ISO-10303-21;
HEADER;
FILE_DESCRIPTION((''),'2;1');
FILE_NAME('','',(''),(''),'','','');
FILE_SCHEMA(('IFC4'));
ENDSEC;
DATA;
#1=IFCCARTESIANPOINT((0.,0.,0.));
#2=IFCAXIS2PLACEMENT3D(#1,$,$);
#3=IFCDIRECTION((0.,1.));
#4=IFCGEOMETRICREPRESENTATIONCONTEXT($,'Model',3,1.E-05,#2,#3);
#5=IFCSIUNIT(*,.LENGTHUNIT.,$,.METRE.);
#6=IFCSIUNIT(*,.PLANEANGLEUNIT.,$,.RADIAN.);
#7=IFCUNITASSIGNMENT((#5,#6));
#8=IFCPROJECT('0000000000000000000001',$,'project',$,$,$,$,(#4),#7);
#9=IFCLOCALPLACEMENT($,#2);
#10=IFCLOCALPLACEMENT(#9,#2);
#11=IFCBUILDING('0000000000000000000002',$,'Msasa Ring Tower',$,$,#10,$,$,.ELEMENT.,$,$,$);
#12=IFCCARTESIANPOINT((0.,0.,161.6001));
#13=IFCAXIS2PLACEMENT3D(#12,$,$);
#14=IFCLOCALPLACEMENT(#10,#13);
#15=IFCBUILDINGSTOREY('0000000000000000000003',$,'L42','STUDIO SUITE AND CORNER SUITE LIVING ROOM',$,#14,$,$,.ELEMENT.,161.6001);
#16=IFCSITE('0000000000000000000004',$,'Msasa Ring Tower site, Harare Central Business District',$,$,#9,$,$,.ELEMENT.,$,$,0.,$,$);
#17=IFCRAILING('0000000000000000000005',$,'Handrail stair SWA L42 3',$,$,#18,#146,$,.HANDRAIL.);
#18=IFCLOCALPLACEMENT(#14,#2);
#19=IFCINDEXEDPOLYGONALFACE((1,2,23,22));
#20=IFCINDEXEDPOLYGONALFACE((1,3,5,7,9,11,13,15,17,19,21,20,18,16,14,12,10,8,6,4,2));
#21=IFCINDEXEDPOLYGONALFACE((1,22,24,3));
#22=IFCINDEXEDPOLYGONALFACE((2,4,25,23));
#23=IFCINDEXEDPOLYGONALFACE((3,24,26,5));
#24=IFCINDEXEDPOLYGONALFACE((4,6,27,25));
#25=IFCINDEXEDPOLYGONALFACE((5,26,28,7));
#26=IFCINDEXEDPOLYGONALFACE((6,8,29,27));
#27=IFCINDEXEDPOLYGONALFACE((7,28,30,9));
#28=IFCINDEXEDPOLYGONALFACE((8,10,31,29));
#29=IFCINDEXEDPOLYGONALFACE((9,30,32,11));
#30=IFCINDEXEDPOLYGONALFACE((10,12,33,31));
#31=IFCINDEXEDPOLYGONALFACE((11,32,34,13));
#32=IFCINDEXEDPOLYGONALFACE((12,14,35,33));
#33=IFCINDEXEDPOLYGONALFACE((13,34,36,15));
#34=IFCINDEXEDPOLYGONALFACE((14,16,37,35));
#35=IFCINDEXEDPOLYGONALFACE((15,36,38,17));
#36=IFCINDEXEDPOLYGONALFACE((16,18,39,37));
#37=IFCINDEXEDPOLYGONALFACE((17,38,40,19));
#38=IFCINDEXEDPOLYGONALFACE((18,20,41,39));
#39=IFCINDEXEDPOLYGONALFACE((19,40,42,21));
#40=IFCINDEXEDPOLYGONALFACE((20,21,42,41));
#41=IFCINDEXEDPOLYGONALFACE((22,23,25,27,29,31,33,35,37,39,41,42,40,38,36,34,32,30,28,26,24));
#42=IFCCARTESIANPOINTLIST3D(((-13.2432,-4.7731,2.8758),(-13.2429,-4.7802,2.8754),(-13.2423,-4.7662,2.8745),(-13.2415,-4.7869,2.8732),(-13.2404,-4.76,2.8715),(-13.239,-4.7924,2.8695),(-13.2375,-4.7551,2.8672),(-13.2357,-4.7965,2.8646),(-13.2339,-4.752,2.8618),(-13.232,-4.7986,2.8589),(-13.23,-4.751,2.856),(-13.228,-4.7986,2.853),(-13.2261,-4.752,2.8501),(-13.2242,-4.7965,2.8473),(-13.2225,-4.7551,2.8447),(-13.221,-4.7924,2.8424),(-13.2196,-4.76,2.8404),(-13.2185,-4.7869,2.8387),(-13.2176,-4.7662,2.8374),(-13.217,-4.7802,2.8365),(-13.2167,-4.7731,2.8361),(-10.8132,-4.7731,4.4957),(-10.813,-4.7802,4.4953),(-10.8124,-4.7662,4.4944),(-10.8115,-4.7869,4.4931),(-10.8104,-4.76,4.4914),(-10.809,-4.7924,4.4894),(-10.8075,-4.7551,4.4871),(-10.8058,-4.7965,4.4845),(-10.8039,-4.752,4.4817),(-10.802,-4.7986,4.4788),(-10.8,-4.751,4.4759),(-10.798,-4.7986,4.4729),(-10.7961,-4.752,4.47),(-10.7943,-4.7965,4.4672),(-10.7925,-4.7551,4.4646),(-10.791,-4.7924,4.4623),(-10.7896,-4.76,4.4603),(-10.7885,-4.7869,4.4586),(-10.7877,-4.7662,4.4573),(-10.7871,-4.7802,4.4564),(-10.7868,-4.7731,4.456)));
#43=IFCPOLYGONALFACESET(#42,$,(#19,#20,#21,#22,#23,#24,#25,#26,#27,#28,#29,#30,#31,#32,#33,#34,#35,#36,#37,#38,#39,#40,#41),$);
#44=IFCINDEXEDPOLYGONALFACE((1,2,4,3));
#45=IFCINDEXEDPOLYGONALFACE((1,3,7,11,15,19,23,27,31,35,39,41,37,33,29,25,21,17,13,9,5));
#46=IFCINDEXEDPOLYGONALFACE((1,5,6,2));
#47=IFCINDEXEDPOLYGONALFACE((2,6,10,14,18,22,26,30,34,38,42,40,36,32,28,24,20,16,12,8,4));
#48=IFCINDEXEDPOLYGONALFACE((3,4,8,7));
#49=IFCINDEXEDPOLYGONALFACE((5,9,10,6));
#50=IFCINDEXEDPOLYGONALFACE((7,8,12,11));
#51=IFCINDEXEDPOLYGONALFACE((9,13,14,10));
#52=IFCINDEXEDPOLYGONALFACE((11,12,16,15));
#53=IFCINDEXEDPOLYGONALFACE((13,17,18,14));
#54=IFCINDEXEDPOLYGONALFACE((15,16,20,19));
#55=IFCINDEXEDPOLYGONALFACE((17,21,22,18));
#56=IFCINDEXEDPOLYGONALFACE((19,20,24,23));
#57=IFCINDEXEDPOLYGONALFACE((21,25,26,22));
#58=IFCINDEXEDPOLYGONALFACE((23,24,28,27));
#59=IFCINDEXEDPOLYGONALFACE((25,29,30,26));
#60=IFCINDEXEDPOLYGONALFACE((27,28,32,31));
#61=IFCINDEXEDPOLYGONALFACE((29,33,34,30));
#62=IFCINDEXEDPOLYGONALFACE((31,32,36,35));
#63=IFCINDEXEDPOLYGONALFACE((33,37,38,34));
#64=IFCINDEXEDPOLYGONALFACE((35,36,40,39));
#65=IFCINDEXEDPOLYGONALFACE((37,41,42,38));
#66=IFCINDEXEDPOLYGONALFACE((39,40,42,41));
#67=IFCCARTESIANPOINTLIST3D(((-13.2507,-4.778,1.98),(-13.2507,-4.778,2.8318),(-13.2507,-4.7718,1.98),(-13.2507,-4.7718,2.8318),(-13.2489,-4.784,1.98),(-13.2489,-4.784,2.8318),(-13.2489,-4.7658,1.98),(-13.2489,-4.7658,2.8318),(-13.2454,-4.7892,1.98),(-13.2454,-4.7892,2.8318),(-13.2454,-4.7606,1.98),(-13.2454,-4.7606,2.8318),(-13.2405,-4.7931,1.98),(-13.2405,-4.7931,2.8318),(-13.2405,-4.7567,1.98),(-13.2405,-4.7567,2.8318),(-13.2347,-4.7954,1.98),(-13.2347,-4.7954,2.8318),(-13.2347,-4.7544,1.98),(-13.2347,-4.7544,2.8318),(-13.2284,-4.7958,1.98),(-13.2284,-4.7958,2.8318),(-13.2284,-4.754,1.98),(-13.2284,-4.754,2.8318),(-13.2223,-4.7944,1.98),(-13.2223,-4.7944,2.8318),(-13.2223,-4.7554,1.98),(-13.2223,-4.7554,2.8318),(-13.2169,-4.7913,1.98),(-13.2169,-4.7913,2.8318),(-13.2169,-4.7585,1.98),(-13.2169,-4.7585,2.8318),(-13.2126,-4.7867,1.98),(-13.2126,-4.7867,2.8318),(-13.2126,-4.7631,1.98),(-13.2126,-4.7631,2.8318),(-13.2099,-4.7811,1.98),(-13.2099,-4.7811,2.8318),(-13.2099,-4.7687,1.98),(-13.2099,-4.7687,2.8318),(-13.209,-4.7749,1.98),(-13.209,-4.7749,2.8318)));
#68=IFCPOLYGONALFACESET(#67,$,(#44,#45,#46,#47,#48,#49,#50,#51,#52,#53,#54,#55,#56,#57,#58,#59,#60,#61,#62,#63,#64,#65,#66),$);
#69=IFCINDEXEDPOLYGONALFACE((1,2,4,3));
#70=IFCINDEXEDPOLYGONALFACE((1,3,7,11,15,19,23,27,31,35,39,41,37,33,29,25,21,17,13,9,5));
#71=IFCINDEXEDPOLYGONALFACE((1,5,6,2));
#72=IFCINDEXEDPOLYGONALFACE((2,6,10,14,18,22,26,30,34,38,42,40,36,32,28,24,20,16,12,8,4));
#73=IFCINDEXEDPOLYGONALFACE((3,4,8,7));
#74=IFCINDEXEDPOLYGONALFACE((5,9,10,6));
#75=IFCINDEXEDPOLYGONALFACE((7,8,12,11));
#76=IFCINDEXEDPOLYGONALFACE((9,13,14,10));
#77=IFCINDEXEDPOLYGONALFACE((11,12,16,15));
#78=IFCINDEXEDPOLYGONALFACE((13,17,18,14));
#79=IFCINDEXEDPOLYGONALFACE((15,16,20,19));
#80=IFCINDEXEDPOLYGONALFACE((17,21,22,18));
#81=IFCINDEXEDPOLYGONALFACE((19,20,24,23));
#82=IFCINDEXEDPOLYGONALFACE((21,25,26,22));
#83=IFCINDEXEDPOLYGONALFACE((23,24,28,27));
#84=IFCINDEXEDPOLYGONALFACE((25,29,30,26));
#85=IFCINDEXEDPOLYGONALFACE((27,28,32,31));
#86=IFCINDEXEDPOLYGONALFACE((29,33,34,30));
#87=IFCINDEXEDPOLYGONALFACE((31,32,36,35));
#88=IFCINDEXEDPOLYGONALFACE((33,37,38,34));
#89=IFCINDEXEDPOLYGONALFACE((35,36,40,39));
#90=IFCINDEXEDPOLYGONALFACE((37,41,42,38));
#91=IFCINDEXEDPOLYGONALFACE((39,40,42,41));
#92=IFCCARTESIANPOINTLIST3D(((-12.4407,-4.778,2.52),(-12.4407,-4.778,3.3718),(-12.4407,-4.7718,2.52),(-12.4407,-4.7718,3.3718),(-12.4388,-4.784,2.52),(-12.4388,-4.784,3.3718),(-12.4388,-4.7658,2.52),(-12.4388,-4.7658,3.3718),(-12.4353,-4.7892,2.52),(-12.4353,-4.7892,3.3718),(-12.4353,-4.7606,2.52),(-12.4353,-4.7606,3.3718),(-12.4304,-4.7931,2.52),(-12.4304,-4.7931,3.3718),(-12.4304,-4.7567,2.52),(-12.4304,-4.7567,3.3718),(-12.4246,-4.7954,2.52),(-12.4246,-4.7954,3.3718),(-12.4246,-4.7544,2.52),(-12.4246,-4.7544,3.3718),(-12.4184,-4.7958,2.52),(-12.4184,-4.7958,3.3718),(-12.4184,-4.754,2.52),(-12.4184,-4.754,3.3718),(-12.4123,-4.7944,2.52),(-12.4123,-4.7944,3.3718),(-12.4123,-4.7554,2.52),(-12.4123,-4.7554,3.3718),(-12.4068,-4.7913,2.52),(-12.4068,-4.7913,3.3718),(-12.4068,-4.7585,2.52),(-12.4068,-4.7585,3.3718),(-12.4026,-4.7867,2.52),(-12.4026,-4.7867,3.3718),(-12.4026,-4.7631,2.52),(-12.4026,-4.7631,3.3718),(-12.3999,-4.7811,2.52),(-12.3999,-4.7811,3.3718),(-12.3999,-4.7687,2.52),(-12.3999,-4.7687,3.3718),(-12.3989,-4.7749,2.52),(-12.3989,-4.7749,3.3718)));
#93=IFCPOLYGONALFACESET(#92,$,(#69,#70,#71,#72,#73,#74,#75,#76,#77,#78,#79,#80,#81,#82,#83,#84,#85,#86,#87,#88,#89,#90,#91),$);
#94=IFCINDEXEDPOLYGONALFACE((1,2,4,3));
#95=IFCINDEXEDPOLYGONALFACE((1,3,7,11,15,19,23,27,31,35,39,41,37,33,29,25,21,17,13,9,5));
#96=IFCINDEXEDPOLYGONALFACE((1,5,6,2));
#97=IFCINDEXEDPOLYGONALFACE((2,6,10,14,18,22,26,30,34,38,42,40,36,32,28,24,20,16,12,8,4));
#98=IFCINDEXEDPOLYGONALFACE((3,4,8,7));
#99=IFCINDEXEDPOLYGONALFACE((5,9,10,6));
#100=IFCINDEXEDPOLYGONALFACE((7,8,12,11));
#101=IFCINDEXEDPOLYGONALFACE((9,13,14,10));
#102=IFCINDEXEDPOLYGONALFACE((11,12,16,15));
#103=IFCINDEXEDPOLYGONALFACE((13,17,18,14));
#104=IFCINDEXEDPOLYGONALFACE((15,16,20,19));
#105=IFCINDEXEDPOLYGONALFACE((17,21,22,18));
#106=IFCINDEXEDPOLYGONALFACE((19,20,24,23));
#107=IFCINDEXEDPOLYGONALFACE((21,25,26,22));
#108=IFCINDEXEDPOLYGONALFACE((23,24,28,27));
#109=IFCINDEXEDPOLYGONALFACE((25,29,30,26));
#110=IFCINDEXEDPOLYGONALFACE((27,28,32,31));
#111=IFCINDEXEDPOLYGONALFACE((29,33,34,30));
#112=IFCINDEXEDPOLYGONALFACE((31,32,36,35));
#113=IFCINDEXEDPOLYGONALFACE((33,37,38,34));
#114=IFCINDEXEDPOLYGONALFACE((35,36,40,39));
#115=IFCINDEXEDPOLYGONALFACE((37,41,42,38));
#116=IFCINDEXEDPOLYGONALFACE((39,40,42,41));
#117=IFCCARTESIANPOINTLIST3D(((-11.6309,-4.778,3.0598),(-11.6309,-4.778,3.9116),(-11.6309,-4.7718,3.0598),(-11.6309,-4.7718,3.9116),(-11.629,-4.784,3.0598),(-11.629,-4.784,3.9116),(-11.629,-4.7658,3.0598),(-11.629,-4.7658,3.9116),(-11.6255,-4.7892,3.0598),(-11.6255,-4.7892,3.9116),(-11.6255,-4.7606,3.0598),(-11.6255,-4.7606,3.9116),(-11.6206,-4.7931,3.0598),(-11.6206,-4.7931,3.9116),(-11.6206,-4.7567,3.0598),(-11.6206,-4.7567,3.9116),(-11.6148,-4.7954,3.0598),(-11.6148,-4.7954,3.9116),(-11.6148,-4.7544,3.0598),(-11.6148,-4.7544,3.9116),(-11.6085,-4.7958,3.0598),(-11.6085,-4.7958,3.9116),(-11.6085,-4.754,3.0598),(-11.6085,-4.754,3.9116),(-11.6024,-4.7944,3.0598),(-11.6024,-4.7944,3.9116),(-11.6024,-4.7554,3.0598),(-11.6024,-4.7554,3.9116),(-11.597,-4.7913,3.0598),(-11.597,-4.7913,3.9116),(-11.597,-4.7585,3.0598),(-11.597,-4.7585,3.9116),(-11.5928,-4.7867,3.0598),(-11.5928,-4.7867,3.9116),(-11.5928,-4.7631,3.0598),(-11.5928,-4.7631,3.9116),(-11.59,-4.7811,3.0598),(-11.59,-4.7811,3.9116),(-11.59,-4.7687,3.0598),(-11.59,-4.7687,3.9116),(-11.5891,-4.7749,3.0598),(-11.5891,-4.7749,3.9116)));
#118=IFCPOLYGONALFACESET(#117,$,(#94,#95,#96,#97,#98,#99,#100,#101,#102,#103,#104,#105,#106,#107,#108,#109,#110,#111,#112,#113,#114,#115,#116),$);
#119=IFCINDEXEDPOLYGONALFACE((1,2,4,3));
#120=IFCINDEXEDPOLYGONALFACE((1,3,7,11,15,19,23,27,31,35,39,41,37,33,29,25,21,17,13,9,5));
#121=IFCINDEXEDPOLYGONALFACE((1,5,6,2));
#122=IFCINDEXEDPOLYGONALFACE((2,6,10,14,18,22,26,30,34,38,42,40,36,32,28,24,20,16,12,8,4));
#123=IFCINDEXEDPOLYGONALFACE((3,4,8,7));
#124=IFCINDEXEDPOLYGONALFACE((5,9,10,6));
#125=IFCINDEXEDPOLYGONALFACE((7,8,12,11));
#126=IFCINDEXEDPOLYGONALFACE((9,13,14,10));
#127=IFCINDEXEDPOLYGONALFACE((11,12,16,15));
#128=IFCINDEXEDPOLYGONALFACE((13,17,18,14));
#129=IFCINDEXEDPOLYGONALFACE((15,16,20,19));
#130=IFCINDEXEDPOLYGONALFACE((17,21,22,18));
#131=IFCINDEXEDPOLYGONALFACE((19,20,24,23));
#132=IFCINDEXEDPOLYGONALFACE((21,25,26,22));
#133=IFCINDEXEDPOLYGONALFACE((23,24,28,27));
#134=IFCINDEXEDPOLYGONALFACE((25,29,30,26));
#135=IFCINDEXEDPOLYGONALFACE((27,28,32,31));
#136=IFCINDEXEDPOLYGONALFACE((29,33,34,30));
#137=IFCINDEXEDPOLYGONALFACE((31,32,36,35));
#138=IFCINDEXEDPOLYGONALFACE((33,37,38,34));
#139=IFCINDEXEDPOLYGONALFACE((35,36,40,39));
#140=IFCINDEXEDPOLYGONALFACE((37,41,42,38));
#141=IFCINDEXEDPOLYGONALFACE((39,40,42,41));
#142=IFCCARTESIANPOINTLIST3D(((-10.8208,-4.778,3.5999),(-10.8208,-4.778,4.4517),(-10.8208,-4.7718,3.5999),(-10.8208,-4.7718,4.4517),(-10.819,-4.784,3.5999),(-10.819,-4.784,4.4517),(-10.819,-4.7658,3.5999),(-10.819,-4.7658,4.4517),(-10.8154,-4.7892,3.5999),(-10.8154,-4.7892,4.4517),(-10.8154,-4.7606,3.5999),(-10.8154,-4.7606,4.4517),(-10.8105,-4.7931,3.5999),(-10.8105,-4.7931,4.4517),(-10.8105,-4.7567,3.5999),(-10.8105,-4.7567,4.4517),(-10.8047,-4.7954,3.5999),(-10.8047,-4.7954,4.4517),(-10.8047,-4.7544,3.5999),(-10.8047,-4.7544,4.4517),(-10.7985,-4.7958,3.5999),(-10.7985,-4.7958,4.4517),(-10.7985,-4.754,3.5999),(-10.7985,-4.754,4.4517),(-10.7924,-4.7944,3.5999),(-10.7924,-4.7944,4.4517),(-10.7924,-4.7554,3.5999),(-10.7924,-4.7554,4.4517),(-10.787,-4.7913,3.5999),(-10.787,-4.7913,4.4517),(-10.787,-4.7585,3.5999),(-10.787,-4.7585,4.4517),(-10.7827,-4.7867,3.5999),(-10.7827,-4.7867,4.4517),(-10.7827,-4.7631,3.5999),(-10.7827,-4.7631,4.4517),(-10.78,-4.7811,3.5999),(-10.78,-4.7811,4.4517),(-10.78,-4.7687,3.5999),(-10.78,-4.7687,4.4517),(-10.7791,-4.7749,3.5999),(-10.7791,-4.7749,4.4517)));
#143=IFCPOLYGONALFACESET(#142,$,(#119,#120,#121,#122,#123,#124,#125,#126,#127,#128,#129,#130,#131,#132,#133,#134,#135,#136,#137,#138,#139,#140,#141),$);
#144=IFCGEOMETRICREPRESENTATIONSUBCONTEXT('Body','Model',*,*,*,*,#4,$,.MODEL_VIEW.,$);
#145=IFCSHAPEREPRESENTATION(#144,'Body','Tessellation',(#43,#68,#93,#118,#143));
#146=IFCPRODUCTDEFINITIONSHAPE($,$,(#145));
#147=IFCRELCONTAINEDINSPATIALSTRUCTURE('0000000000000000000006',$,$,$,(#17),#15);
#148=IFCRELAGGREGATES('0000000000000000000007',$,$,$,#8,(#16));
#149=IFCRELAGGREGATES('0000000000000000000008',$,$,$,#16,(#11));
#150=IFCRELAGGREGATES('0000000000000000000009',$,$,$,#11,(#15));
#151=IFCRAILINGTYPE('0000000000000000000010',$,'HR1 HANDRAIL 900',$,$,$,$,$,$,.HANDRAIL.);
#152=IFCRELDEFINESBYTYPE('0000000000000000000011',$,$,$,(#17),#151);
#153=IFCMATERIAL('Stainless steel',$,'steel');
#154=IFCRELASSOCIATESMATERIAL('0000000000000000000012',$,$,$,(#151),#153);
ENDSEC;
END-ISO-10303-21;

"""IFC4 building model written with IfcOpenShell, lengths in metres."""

from ifc_helpers import new_model, si_unit, direction, frame, origin, origin_2d, place, context, subcontext, project, spatial, circle, extrude, material, type_object, element, save


model = new_model("IFC4")

# Units and contexts
model_context = context("Model", 3, precision=1e-05, world=origin(), true_north=direction((0.0, 1.0)))
body_context = subcontext(model_context, "Body", "Model", "MODEL_VIEW")
ifc_project = project(units=[si_unit("LENGTHUNIT", "METRE"), si_unit("PLANEANGLEUNIT", "RADIAN")], contexts=[model_context])

# Site, building, storey
site_placement = place(None, origin())
site = spatial("IfcSite", under=ifc_project, at=site_placement, Name="Msasa Ring Tower site, Harare Central Business District", CompositionType="ELEMENT", RefElevation=0.0)
building_placement = place(site_placement, origin())
building = spatial("IfcBuilding", under=site, at=building_placement, Name="Msasa Ring Tower", CompositionType="ELEMENT")
storey_placement = place(building_placement, frame((0.0, 0.0, 161.6001)))
storey = spatial("IfcBuildingStorey", under=building, at=storey_placement, Name="L42", Description="STUDIO SUITE AND CORNER SUITE LIVING ROOM", CompositionType="ELEMENT", Elevation=161.6001)

# Railing
ifc_material_1 = material(Name="Stainless steel", Category="steel")
railing_type = type_object("IfcRailingType", Name="HR1 HANDRAIL 900", PredefinedType="HANDRAIL", material=ifc_material_1)
for number, where, name in (
    (1, (-13.23, -4.7749, 1.98), "Handrail stair SWA L42 3"),
):
    element("IfcRailing", number, at=place(storey_placement, frame(where)), inside=storey, type_object=railing_type, Name=name, PredefinedType="HANDRAIL", context=body_context, shape_type="SweptSolid", body=[
        extrude(circle(Radius=0.0239, at=origin_2d()), frame((0.0, 0.0, 0.876), z_axis=(0.832063, 0.0, 0.554681), x_axis=(0.0, 1.0, 0.0)), (0.0, 0.0, 1.0), 2.9204),
        extrude(circle(Radius=0.021, at=origin_2d()), origin(), (0.0, 0.0, 1.0), 0.8518),
        extrude(circle(Radius=0.021, at=origin_2d()), frame((0.8101, 0.0, 0.54)), (0.0, 0.0, 1.0), 0.8518),
        extrude(circle(Radius=0.021, at=origin_2d()), frame((1.6199, 0.0, 1.0798)), (0.0, 0.0, 1.0), 0.8518),
        extrude(circle(Radius=0.021, at=origin_2d()), frame((2.4299, 0.0, 1.6199)), (0.0, 0.0, 1.0), 0.8518),
    ])

save(model, "model.ifc")
